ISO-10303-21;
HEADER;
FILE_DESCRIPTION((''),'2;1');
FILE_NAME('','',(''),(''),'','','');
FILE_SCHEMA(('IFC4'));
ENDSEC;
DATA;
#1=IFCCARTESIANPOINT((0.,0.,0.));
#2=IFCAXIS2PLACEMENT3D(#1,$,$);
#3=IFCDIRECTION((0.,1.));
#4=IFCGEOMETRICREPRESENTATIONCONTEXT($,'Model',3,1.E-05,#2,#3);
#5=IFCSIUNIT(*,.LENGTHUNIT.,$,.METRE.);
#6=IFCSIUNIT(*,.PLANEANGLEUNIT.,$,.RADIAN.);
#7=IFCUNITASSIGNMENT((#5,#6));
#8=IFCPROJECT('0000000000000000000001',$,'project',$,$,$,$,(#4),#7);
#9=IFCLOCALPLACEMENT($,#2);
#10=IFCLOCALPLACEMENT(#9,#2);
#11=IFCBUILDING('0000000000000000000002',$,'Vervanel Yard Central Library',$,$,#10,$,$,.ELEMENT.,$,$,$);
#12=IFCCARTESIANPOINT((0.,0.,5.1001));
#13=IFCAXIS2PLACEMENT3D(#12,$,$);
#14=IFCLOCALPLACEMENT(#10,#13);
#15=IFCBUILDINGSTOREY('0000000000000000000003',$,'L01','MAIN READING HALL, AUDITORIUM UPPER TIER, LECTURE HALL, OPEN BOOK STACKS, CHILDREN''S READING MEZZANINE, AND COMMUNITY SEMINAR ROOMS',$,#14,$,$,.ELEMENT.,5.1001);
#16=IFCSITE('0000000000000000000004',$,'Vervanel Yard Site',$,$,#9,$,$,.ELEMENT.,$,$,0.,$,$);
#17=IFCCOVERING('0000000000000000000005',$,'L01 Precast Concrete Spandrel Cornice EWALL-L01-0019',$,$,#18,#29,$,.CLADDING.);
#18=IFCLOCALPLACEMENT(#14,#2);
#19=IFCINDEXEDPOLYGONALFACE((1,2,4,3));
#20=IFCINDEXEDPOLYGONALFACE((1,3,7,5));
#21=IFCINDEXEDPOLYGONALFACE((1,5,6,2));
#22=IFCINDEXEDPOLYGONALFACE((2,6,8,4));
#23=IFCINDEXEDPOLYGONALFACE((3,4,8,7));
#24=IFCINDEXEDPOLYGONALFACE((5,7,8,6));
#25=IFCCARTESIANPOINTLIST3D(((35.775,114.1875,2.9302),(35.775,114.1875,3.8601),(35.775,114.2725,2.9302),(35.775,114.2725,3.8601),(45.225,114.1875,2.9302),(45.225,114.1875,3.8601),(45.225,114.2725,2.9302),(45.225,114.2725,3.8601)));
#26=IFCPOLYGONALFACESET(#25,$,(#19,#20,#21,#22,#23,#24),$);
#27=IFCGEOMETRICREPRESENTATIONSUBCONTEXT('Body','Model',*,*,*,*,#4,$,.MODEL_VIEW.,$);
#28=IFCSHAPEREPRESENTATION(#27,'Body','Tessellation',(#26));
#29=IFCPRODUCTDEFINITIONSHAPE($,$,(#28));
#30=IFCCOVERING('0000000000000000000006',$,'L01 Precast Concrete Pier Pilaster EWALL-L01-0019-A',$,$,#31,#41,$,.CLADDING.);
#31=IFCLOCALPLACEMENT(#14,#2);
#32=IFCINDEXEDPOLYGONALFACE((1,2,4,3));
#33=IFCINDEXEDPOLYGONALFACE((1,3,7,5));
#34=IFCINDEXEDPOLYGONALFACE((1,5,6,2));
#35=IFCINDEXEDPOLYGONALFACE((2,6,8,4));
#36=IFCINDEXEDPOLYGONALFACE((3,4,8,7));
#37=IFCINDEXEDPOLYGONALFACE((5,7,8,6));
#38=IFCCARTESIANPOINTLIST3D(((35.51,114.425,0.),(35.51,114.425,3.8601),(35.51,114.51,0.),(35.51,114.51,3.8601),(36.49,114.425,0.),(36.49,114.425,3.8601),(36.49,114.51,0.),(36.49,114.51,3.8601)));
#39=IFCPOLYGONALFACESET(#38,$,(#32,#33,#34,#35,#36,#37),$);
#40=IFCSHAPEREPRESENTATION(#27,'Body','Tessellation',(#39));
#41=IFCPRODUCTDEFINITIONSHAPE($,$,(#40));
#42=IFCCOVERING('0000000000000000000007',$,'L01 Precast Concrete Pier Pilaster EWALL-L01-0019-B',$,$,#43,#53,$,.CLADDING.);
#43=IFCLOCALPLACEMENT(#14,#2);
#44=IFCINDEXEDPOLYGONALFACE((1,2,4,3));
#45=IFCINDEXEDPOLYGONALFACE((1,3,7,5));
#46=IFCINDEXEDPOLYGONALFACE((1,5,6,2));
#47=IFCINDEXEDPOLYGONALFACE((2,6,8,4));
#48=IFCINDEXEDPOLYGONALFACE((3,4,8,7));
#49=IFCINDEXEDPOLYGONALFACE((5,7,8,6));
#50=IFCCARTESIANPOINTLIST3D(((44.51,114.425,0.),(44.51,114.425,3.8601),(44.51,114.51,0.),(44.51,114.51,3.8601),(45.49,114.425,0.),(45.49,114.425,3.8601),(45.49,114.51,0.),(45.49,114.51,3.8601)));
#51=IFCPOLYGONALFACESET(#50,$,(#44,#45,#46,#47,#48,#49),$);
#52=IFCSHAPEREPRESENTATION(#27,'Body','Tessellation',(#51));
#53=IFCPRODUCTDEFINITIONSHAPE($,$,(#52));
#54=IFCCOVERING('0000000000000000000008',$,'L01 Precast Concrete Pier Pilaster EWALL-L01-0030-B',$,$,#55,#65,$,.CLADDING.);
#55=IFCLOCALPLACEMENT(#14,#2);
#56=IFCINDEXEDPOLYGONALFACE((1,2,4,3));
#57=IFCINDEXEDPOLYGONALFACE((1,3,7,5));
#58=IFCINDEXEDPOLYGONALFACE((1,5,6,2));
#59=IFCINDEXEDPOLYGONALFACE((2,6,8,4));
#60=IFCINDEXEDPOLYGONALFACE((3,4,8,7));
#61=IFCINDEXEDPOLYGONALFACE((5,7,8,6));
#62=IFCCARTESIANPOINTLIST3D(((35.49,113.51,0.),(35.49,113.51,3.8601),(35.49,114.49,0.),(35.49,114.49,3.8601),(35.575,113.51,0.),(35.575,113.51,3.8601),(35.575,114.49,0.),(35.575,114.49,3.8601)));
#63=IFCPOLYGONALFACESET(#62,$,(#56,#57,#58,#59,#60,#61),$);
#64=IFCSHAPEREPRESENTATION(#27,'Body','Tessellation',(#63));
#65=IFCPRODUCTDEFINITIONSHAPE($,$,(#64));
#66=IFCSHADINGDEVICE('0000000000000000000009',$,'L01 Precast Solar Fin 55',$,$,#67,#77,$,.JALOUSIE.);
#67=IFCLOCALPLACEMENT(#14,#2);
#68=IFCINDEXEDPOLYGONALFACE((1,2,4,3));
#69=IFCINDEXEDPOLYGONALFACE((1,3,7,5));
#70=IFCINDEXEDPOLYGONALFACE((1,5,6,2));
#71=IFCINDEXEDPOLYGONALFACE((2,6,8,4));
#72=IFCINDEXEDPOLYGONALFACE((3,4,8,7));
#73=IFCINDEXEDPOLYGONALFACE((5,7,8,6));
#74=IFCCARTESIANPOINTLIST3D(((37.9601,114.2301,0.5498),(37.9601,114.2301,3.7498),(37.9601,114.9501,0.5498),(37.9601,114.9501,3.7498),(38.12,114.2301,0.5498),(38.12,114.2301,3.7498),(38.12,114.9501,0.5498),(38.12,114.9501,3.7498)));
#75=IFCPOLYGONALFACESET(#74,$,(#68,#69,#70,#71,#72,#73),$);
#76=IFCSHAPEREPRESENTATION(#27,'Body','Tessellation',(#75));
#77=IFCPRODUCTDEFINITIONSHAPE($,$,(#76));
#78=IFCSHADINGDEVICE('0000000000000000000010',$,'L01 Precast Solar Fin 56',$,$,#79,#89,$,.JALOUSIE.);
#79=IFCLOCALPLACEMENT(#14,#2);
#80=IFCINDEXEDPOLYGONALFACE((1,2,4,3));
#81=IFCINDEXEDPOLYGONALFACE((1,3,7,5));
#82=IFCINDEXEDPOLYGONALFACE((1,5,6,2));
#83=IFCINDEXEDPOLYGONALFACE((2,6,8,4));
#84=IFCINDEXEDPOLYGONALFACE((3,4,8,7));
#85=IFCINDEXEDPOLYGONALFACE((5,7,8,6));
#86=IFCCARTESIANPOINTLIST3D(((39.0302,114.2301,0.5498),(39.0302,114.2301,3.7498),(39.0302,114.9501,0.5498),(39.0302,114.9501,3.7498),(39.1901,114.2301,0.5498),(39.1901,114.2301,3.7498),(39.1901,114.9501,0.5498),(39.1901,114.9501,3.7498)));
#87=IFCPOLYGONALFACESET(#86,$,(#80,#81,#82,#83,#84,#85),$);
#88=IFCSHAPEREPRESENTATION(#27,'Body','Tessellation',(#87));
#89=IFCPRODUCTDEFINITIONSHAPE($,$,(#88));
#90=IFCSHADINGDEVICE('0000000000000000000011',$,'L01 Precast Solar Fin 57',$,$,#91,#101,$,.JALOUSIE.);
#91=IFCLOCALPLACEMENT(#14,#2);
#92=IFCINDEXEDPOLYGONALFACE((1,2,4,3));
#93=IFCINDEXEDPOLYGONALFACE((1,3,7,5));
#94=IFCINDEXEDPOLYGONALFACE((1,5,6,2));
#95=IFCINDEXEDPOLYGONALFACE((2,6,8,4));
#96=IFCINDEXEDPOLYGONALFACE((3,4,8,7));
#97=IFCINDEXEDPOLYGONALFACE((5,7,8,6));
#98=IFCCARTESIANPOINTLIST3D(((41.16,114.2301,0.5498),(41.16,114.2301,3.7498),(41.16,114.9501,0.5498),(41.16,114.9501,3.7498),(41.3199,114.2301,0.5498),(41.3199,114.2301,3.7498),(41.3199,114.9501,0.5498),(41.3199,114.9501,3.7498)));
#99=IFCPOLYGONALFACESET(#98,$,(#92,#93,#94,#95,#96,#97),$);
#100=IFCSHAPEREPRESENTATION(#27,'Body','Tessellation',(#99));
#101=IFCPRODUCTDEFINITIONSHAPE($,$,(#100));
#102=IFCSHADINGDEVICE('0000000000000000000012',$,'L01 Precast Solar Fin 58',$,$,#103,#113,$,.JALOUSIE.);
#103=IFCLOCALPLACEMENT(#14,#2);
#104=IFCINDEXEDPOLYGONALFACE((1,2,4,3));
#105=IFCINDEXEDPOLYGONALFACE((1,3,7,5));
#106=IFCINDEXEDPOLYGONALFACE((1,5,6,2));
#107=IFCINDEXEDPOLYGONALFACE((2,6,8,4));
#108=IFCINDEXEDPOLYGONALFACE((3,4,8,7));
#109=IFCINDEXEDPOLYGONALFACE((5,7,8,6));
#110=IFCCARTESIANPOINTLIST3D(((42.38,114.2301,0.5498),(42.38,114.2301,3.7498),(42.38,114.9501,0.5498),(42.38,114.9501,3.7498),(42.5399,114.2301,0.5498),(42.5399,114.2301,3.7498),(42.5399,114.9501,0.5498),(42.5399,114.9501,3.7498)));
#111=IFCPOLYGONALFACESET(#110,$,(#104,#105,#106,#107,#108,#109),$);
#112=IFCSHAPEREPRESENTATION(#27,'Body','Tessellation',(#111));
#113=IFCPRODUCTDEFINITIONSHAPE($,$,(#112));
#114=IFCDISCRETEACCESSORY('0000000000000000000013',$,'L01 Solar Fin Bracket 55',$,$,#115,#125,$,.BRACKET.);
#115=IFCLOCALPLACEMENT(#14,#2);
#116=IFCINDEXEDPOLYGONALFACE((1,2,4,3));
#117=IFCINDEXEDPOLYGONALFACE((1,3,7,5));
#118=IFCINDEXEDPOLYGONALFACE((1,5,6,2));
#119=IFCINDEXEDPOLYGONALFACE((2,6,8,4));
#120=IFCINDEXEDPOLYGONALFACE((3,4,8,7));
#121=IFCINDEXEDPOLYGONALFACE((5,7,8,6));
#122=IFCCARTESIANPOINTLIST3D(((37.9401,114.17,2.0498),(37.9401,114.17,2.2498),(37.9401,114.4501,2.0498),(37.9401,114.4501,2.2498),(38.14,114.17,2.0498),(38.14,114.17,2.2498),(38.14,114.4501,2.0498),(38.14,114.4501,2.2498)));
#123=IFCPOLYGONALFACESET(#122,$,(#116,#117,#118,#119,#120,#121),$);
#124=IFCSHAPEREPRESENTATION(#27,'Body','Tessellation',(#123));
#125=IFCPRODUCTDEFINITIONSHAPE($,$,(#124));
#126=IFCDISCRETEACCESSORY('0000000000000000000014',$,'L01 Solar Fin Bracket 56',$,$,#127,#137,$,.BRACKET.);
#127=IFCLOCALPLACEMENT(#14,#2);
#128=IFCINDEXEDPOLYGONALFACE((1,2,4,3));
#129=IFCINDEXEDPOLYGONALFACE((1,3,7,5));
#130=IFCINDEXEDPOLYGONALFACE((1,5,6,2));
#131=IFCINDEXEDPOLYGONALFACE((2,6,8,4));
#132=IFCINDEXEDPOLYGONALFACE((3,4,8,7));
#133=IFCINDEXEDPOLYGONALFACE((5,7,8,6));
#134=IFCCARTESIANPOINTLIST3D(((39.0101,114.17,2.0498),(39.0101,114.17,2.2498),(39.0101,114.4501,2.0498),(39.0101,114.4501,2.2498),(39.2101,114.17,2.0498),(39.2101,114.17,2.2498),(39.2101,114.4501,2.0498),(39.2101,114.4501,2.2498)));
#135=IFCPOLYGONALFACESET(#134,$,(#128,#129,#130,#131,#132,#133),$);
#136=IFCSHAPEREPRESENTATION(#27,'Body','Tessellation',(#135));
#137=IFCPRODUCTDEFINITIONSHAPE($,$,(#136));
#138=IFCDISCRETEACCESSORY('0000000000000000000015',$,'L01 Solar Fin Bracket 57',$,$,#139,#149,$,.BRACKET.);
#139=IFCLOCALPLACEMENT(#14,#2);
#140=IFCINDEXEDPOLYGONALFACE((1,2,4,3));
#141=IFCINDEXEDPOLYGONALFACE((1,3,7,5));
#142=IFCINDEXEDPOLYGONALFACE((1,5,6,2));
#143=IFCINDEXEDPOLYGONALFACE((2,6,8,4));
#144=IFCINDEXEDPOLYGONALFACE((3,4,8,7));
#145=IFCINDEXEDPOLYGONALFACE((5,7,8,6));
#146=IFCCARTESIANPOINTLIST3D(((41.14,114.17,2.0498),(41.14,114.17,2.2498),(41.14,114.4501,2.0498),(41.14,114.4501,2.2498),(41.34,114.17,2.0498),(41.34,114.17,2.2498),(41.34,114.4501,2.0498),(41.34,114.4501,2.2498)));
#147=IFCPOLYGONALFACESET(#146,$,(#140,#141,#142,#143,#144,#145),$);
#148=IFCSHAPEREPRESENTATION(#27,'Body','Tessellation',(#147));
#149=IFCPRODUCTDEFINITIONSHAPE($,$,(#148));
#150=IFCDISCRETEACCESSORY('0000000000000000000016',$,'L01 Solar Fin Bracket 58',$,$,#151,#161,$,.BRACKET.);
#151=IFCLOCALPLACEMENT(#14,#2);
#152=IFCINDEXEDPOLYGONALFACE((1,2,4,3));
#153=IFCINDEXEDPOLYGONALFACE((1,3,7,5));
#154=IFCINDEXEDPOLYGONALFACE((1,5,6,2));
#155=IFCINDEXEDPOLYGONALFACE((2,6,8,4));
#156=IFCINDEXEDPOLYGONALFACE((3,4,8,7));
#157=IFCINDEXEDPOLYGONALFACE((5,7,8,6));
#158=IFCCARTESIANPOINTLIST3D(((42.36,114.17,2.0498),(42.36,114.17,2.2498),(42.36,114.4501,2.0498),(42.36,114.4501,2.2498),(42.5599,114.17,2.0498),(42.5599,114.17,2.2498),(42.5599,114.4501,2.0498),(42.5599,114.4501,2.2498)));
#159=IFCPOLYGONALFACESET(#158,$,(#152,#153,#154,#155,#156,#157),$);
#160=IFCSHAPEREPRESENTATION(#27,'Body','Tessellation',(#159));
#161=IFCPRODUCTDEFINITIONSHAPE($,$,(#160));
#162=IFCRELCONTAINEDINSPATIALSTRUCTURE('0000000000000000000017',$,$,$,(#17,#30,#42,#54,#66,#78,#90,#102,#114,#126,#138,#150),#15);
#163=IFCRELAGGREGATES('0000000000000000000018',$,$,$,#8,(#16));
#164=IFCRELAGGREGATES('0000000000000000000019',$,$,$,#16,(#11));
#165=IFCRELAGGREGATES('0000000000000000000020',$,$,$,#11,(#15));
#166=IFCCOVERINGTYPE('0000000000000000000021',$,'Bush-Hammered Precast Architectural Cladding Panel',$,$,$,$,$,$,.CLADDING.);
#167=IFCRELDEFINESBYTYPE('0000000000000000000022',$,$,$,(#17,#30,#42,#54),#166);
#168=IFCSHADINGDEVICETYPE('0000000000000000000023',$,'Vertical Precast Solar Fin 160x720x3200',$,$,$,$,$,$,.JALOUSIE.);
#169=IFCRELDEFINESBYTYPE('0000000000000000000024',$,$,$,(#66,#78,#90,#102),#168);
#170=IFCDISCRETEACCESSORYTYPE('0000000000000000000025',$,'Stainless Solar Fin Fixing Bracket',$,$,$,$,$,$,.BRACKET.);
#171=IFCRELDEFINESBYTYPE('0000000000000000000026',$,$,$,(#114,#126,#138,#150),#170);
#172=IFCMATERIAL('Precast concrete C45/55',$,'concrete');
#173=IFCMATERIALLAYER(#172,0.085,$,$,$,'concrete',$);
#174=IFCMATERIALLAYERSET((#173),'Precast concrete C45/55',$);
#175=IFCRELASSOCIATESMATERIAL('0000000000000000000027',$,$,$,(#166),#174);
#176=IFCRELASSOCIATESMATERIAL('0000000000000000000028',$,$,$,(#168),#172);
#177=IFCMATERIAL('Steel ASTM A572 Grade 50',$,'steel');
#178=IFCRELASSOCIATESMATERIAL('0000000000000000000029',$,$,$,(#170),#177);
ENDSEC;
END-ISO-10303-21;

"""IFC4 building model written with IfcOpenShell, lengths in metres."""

from ifc_helpers import new_model, si_unit, direction, frame, origin, origin_2d, place, context, subcontext, project, spatial, rectangle, extrude, material, layer, layer_set, type_object, element, save


model = new_model("IFC4")

# Units and contexts
model_context = context("Model", 3, precision=1e-05, world=origin(), true_north=direction((0.0, 1.0)))
body_context = subcontext(model_context, "Body", "Model", "MODEL_VIEW")
ifc_project = project(units=[si_unit("LENGTHUNIT", "METRE"), si_unit("PLANEANGLEUNIT", "RADIAN")], contexts=[model_context])

# Site, building, storey
site_placement = place(None, origin())
site = spatial("IfcSite", under=ifc_project, at=site_placement, Name="Vervanel Yard Site", CompositionType="ELEMENT", RefElevation=0.0)
building_placement = place(site_placement, origin())
building = spatial("IfcBuilding", under=site, at=building_placement, Name="Vervanel Yard Central Library", CompositionType="ELEMENT")
storey_placement = place(building_placement, frame((0.0, 0.0, 5.1001)))
storey = spatial("IfcBuildingStorey", under=building, at=storey_placement, Name="L01", Description="MAIN READING HALL, AUDITORIUM UPPER TIER, LECTURE HALL, OPEN BOOK STACKS, CHILDREN'S READING MEZZANINE, AND COMMUNITY SEMINAR ROOMS", CompositionType="ELEMENT", Elevation=5.1001)

# Shared definitions
ifc_material_1 = material(Name="Steel ASTM A572 Grade 50", Category="steel")

# Coverings
ifc_material_2 = material(Name="Precast concrete C45/55", Category="concrete")
ifc_layer_1 = layer(ifc_material_2, 0.085, Category="concrete")
ifc_layer_set_1 = layer_set([ifc_layer_1], Name="Precast concrete C45/55")
covering_type = type_object("IfcCoveringType", Name="Bush-Hammered Precast Architectural Cladding Panel", PredefinedType="CLADDING", material=ifc_layer_set_1)
covering_placement = place(storey_placement, frame((40.5, 114.23, 2.9302), z_axis=(0.0, 0.0, 1.0), x_axis=(1.0, 0.0, 0.0)))
element("IfcCovering", 1, at=covering_placement, inside=storey, type_object=covering_type, Name="L01 Precast Concrete Spandrel Cornice EWALL-L01-0019", PredefinedType="CLADDING", context=body_context, shape_type="SweptSolid", body=[
    extrude(rectangle(XDim=9.45, YDim=0.085, at=origin_2d()), origin(), (0.0, 0.0, 1.0), 0.9299),
])
for number, where, z_axis, x_axis, name in (
    (2, (36.0, 114.4675, 0.0), (0.0, 0.0, 1.0), (1.0, 0.0, 0.0), "L01 Precast Concrete Pier Pilaster EWALL-L01-0019-A"),
    (3, (45.0, 114.4675, 0.0), (0.0, 0.0, 1.0), (1.0, 0.0, 0.0), "L01 Precast Concrete Pier Pilaster EWALL-L01-0019-B"),
    (4, (35.5325, 114.0, 0.0), (0.0, 0.0, 1.0), (0.0, 1.0, 0.0), "L01 Precast Concrete Pier Pilaster EWALL-L01-0030-B"),
):
    element("IfcCovering", number, at=place(storey_placement, frame(where, z_axis=z_axis, x_axis=x_axis)), inside=storey, type_object=covering_type, Name=name, PredefinedType="CLADDING", context=body_context, shape_type="SweptSolid", body=[
        extrude(rectangle(XDim=0.98, YDim=0.085, at=origin_2d()), origin(), (0.0, 0.0, 1.0), 3.8601),
    ])

# Shading devices
shading_device_type = type_object("IfcShadingDeviceType", Name="Vertical Precast Solar Fin 160x720x3200", PredefinedType="JALOUSIE", material=ifc_material_2)
for number, where, z_axis, x_axis, name in (
    (5, (38.04, 114.5901, 0.5498), (0.0, 0.0, 1.0), (1.0, 0.0, 0.0), "L01 Precast Solar Fin 55"),
    (6, (39.1101, 114.5901, 0.5498), (0.0, 0.0, 1.0), (1.0, 0.0, 0.0), "L01 Precast Solar Fin 56"),
    (7, (41.24, 114.5901, 0.5498), (0.0, 0.0, 1.0), (1.0, 0.0, 0.0), "L01 Precast Solar Fin 57"),
    (8, (42.46, 114.5901, 0.5498), (0.0, 0.0, 1.0), (1.0, 0.0, 0.0), "L01 Precast Solar Fin 58"),
):
    element("IfcShadingDevice", number, at=place(storey_placement, frame(where, z_axis=z_axis, x_axis=x_axis)), inside=storey, type_object=shading_device_type, Name=name, PredefinedType="JALOUSIE", context=body_context, shape_type="SweptSolid", body=[
        extrude(rectangle(XDim=0.1599, YDim=0.72, at=origin_2d()), origin(), (0.0, 0.0, 1.0), 3.2),
    ])

# Discrete accessories
discrete_accessory_type = type_object("IfcDiscreteAccessoryType", Name="Stainless Solar Fin Fixing Bracket", PredefinedType="BRACKET", material=ifc_material_1)
for number, where, z_axis, x_axis, name in (
    (9, (38.04, 114.3101, 2.0498), (0.0, 0.0, 1.0), (1.0, 0.0, 0.0), "L01 Solar Fin Bracket 55"),
    (10, (39.1101, 114.3101, 2.0498), (0.0, 0.0, 1.0), (1.0, 0.0, 0.0), "L01 Solar Fin Bracket 56"),
    (11, (41.24, 114.3101, 2.0498), (0.0, 0.0, 1.0), (1.0, 0.0, 0.0), "L01 Solar Fin Bracket 57"),
    (12, (42.46, 114.3101, 2.0498), (0.0, 0.0, 1.0), (1.0, 0.0, 0.0), "L01 Solar Fin Bracket 58"),
):
    element("IfcDiscreteAccessory", number, at=place(storey_placement, frame(where, z_axis=z_axis, x_axis=x_axis)), inside=storey, type_object=discrete_accessory_type, Name=name, PredefinedType="BRACKET", context=body_context, shape_type="SweptSolid", body=[
        extrude(rectangle(XDim=0.2, YDim=0.28, at=origin_2d()), origin(), (0.0, 0.0, 1.0), 0.2),
    ])

save(model, "model.ifc")
